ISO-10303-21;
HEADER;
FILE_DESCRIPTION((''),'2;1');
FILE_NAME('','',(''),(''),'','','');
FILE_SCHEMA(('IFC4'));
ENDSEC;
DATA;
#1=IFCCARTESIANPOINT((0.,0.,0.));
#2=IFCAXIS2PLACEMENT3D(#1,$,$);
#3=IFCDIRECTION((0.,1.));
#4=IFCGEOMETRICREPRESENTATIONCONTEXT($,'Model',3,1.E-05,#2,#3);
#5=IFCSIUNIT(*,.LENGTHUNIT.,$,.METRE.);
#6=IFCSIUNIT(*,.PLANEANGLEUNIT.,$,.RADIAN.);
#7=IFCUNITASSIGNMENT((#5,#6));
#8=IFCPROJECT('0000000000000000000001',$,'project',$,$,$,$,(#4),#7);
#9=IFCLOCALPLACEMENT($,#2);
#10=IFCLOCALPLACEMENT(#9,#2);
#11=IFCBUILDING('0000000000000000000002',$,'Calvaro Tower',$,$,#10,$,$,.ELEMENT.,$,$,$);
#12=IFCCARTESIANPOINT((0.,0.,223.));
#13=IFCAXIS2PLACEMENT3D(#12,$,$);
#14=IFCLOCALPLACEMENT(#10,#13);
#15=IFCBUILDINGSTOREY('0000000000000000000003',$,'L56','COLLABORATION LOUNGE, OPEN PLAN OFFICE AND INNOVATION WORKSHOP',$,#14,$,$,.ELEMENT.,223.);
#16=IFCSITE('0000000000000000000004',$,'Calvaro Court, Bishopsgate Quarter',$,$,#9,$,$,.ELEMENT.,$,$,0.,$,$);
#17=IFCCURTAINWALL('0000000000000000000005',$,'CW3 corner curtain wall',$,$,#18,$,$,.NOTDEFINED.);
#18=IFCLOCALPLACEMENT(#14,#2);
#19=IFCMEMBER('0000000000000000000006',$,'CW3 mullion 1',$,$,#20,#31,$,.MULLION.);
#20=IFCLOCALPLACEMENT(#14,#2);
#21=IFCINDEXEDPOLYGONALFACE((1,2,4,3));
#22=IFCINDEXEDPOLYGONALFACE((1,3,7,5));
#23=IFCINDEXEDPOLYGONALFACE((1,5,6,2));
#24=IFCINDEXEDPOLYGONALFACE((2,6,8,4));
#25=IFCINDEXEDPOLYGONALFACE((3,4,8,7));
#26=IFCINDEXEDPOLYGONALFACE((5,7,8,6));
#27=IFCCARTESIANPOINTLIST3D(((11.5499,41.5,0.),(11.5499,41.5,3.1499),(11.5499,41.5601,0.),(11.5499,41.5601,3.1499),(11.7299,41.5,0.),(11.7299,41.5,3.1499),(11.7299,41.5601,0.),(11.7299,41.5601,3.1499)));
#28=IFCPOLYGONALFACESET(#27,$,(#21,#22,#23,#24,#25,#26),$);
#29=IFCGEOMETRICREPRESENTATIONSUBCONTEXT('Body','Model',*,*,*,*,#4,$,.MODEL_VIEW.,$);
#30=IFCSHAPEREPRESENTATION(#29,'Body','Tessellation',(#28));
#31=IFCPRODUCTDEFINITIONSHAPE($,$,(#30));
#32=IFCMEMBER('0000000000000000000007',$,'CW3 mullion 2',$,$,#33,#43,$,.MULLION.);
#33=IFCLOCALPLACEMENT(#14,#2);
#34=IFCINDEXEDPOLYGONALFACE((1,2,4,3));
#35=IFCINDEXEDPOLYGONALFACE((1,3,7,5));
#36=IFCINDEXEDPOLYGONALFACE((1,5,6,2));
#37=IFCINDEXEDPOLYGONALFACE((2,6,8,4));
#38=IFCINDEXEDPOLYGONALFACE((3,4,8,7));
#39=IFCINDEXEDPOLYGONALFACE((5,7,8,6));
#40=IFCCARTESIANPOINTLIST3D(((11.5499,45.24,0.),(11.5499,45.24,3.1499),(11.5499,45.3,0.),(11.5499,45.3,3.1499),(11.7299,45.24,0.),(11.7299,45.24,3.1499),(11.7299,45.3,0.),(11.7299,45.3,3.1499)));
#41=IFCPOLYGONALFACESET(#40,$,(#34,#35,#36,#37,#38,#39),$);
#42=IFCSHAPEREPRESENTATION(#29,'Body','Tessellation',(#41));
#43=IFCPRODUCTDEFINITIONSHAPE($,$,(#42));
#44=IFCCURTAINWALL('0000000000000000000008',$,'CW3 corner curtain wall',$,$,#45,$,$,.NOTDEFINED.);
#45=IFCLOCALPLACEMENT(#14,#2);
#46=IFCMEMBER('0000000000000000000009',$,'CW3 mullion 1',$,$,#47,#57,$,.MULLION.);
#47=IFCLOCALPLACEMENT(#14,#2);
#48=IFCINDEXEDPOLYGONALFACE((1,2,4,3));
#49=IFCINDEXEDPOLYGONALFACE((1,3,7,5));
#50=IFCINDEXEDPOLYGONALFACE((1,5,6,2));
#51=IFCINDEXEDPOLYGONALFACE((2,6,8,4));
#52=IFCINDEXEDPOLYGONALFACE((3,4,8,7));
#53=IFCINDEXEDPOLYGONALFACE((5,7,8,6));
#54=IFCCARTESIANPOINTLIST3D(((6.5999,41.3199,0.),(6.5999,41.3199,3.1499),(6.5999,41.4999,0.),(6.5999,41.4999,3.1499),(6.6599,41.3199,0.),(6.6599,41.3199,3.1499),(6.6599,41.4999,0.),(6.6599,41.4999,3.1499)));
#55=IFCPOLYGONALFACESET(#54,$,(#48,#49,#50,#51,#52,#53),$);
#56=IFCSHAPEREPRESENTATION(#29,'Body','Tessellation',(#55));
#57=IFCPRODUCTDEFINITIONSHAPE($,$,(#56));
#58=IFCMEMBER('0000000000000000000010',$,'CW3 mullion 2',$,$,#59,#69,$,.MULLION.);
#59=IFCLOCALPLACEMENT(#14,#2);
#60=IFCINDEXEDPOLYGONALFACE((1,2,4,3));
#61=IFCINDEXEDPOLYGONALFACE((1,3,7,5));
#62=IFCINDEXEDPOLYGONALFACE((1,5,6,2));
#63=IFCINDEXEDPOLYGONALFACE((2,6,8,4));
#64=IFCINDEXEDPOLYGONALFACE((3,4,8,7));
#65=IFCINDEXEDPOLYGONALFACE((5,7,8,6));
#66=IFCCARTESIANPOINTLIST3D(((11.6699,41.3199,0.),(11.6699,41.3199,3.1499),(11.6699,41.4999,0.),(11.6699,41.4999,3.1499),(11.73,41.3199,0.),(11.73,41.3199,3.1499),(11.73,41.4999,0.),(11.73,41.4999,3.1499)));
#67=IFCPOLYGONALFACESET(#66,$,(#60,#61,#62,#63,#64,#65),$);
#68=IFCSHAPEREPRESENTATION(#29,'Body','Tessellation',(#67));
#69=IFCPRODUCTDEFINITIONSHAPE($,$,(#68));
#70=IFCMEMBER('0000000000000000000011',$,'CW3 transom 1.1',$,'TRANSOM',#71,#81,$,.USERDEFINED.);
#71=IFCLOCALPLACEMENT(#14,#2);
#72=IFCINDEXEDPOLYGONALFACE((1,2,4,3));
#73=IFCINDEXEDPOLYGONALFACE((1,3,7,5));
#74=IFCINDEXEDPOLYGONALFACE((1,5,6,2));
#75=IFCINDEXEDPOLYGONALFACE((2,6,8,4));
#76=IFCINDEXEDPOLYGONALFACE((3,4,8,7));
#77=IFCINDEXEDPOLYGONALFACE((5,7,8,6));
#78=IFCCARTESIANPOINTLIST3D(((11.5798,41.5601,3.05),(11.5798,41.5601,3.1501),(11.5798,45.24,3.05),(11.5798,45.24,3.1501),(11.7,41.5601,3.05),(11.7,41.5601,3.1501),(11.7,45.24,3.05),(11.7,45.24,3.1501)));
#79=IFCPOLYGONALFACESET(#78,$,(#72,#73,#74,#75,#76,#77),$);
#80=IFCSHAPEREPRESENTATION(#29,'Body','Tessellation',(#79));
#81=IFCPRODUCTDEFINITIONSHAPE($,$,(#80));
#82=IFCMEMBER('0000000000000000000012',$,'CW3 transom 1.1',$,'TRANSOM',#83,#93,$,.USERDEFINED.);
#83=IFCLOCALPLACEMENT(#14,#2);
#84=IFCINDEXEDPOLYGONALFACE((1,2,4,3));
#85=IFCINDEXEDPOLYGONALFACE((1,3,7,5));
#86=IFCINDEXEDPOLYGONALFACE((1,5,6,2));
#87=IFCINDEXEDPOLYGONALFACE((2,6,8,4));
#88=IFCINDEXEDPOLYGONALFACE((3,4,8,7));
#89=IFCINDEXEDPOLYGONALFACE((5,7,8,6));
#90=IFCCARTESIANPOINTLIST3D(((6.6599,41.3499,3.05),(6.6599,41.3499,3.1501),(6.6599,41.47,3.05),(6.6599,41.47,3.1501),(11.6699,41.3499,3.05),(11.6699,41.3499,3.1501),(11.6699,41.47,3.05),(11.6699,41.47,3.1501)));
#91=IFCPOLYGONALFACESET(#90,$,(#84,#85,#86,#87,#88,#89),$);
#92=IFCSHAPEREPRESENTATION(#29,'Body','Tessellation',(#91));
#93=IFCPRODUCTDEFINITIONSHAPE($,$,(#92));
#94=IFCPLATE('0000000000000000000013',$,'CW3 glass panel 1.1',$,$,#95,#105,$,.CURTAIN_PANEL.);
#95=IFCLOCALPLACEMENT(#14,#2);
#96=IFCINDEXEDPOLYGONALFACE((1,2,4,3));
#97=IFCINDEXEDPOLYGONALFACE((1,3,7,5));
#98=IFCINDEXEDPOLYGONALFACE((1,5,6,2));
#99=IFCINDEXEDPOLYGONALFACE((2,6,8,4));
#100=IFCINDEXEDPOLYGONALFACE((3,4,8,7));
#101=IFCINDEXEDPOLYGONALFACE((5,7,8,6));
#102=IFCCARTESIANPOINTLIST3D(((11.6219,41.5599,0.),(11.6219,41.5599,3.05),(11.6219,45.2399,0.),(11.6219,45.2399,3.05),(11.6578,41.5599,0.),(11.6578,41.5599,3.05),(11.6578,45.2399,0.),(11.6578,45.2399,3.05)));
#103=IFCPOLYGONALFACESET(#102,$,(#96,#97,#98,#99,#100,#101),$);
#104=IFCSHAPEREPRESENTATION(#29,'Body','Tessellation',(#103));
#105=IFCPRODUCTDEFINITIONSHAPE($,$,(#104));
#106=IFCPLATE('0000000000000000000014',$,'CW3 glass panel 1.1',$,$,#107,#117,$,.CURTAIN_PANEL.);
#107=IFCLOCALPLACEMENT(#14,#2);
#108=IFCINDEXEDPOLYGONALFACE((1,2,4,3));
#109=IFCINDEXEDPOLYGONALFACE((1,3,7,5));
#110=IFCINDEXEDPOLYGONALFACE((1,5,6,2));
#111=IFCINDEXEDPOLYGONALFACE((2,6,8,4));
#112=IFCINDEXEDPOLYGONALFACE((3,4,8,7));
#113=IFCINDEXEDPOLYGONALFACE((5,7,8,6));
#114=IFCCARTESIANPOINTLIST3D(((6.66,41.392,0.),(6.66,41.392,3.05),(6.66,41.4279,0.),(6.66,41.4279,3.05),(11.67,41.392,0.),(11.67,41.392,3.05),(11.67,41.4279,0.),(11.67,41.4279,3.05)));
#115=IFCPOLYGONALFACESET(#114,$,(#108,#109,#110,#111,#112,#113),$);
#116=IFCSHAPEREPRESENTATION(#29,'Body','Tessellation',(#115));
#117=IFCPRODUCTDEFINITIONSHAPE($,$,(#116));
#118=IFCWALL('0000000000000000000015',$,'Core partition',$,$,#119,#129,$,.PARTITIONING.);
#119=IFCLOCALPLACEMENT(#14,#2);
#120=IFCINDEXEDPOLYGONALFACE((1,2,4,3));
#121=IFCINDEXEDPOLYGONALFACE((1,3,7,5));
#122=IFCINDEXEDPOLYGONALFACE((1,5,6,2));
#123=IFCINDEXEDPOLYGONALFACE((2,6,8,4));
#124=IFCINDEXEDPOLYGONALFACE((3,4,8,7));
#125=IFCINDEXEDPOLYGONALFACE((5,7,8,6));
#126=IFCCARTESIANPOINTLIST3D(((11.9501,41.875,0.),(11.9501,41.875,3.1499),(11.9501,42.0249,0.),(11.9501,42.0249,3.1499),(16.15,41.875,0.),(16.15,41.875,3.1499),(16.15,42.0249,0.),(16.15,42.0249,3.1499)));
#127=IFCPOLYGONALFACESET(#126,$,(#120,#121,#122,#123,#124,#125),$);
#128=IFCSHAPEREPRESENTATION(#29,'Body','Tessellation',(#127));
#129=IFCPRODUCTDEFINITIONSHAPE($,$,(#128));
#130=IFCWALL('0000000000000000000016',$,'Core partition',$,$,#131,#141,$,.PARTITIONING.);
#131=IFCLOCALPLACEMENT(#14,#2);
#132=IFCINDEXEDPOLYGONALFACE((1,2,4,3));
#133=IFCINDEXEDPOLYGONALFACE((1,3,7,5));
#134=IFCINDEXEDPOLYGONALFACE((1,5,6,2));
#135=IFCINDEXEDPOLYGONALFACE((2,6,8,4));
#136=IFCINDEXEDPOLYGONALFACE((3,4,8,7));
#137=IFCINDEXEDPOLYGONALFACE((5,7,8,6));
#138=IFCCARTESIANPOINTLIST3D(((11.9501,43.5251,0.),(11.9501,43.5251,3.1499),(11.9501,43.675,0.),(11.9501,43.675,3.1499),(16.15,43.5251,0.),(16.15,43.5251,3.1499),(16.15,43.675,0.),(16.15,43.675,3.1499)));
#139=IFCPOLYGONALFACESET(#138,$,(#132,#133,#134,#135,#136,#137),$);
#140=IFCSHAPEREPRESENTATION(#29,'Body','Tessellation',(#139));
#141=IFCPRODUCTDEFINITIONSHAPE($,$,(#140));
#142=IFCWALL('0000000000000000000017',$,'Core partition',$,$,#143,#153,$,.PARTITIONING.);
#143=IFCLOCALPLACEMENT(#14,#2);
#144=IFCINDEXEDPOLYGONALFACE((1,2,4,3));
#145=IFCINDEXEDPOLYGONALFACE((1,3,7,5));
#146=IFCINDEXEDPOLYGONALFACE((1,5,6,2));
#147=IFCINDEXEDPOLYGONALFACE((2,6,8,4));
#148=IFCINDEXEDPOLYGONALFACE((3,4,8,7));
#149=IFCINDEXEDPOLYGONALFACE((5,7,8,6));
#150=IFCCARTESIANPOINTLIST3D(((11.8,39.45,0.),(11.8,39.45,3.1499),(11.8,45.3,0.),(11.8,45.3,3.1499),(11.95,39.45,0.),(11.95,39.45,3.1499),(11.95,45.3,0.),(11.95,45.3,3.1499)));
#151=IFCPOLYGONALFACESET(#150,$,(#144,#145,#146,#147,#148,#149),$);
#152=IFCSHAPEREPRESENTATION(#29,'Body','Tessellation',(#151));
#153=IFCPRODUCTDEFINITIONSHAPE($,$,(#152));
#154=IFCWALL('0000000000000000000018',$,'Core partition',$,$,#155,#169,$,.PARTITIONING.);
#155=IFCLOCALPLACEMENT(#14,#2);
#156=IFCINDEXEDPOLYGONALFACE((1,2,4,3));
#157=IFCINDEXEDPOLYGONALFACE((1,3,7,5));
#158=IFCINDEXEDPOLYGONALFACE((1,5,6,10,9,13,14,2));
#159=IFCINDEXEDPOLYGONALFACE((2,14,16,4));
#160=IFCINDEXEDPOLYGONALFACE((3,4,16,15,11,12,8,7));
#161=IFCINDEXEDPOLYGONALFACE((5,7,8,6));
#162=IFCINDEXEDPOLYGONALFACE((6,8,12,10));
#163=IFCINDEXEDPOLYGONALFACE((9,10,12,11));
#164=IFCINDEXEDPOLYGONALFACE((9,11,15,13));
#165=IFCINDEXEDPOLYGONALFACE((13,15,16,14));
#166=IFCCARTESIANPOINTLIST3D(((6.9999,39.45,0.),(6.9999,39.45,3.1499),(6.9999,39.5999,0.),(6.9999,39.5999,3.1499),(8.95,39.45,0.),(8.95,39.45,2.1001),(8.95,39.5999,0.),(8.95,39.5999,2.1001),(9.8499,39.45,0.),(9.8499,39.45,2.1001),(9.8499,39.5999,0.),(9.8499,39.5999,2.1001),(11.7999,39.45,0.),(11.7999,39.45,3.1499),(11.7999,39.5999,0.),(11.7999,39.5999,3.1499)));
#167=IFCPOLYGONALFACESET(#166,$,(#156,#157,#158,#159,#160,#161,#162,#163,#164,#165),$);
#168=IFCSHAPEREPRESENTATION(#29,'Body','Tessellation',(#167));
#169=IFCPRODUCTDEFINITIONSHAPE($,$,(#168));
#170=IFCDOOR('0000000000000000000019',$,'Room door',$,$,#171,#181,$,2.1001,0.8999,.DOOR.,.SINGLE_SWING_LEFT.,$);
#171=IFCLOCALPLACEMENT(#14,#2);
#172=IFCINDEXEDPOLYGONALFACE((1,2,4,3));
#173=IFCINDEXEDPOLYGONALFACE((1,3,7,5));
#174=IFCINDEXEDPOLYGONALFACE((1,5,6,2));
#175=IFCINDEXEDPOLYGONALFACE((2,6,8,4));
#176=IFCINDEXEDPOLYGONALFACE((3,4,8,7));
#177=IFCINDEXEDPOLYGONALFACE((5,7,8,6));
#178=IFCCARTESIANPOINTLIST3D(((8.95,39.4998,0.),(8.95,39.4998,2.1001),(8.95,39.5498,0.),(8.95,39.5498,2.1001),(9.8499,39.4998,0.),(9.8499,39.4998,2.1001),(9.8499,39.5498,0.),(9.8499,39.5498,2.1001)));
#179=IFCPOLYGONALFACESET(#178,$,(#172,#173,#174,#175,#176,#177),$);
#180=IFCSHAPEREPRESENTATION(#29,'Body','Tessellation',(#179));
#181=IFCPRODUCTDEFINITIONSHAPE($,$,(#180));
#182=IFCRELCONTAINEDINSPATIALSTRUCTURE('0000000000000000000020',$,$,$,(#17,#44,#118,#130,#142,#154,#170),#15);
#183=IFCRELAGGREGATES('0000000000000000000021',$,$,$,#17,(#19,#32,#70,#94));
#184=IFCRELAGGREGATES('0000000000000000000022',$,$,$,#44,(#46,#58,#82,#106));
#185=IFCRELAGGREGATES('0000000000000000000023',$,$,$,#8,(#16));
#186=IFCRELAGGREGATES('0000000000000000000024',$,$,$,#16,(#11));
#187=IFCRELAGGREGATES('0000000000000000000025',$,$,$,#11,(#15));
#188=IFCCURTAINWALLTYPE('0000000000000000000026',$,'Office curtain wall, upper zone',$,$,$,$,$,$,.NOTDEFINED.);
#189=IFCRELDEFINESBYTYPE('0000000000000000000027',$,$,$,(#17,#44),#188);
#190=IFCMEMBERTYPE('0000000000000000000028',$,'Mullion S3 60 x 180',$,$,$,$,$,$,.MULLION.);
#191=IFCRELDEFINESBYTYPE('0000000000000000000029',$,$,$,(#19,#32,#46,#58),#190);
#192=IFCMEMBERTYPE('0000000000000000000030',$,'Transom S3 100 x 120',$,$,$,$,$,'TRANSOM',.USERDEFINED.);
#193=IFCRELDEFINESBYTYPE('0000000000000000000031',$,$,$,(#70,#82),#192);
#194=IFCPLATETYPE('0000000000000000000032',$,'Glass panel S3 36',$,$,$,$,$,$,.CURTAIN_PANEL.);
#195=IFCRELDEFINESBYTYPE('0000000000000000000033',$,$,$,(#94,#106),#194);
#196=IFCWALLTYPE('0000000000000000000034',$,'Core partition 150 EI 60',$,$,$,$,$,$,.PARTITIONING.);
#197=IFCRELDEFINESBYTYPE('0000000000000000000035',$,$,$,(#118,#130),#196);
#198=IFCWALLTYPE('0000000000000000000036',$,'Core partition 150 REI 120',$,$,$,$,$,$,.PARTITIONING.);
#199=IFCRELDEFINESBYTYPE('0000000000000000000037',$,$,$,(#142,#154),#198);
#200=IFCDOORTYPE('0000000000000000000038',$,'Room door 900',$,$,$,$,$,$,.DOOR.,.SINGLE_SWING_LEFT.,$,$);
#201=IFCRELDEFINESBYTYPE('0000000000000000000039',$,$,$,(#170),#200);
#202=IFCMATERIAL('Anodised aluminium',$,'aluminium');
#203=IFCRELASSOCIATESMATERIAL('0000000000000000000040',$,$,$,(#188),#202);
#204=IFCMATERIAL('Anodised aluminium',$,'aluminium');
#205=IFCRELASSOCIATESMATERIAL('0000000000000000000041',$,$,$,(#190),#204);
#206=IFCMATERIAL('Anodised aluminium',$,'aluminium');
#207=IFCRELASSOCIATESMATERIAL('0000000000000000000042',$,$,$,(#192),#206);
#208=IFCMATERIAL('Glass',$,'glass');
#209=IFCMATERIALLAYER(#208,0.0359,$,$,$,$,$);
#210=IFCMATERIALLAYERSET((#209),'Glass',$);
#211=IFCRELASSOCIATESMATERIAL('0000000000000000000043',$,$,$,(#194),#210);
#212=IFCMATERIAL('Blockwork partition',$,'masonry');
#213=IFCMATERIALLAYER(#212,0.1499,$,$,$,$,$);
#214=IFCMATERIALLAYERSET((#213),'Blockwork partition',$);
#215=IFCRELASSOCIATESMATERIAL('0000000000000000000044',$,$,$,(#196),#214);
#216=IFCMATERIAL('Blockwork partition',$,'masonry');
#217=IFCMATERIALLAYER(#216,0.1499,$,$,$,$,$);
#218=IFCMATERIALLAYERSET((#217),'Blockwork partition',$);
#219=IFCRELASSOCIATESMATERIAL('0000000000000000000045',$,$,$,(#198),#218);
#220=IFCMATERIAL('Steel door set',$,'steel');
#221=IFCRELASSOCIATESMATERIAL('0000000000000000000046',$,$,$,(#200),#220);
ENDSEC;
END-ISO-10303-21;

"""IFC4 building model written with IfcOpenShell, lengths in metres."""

from ifc_helpers import new_model, si_unit, direction, frame, frame_2d, origin, origin_2d, place, context, subcontext, project, spatial, rectangle, extrude, material, layer, layer_set, material_profile, profile_set, type_object, element, fill, aggregate, save


model = new_model("IFC4")

# Units and contexts
model_context = context("Model", 3, precision=1e-05, world=origin(), true_north=direction((0.0, 1.0)))
body_context = subcontext(model_context, "Body", "Model", "MODEL_VIEW")
ifc_project = project(units=[si_unit("LENGTHUNIT", "METRE"), si_unit("PLANEANGLEUNIT", "RADIAN")], contexts=[model_context])

# Site, building, storey
site_placement = place(None, origin())
site = spatial("IfcSite", under=ifc_project, at=site_placement, Name="Calvaro Court, Bishopsgate Quarter", CompositionType="ELEMENT", RefElevation=0.0)
building_placement = place(site_placement, origin())
building = spatial("IfcBuilding", under=site, at=building_placement, Name="Calvaro Tower", CompositionType="ELEMENT")
storey_placement = place(building_placement, frame((0.0, 0.0, 223.0)))
storey = spatial("IfcBuildingStorey", under=building, at=storey_placement, Name="L56", Description="COLLABORATION LOUNGE, OPEN PLAN OFFICE AND INNOVATION WORKSHOP", CompositionType="ELEMENT", Elevation=223.0)

# Curtain walls, members
ifc_material_1 = material(Name="Anodised aluminium", Category="aluminium")
curtain_wall_type = type_object("IfcCurtainWallType", Name="Office curtain wall, upper zone", PredefinedType="NOTDEFINED", material=ifc_material_1)
curtain_wall_1_placement = place(storey_placement, origin())
curtain_wall_1 = element("IfcCurtainWall", 1, at=curtain_wall_1_placement, inside=storey, type_object=curtain_wall_type, Name="CW3 corner curtain wall", PredefinedType="NOTDEFINED")
ifc_material_2 = material(Name="Anodised aluminium", Category="aluminium")
ifc_material_profile_1 = material_profile(ifc_material_2, rectangle(XDim=0.1799, YDim=0.0601, at=origin_2d()), Name="Mullion S3 60 x 180")
ifc_profile_set_1 = profile_set([ifc_material_profile_1], Name="Anodised aluminium")
member_type_1 = type_object("IfcMemberType", Name="Mullion S3 60 x 180", PredefinedType="MULLION", material=ifc_profile_set_1)
member_1_placement = place(storey_placement, frame((11.6399, 41.53, 0.0), z_axis=(0.0, 0.0, 1.0), x_axis=(-1.0, 0.0, 0.0)))
member_1 = element("IfcMember", 2, at=member_1_placement, type_object=member_type_1, Name="CW3 mullion 1", PredefinedType="MULLION", context=body_context, shape_type="SweptSolid", body=[
    extrude(rectangle(XDim=0.1799, YDim=0.0601, at=origin_2d()), origin(), (0.0, 0.0, 1.0), 3.1499),
])
member_2_placement = place(storey_placement, frame((11.6399, 45.27, 0.0), z_axis=(0.0, 0.0, 1.0), x_axis=(-1.0, 0.0, 0.0)))
member_2 = element("IfcMember", 3, at=member_2_placement, type_object=member_type_1, Name="CW3 mullion 2", PredefinedType="MULLION", context=body_context, shape_type="SweptSolid", body=[
    extrude(rectangle(XDim=0.1799, YDim=0.0601, at=origin_2d()), origin(), (0.0, 0.0, 1.0), 3.1499),
])
curtain_wall_2_placement = place(storey_placement, origin())
curtain_wall_2 = element("IfcCurtainWall", 4, at=curtain_wall_2_placement, inside=storey, type_object=curtain_wall_type, Name="CW3 corner curtain wall", PredefinedType="NOTDEFINED")
member_3_placement = place(storey_placement, frame((6.6299, 41.4099, 0.0), z_axis=(0.0, 0.0, 1.0), x_axis=(0.0, 1.0, 0.0)))
member_3 = element("IfcMember", 5, at=member_3_placement, type_object=member_type_1, Name="CW3 mullion 1", PredefinedType="MULLION", context=body_context, shape_type="SweptSolid", body=[
    extrude(rectangle(XDim=0.1799, YDim=0.0601, at=origin_2d()), origin(), (0.0, 0.0, 1.0), 3.1499),
])
member_4_placement = place(storey_placement, frame((11.7, 41.4099, 0.0), z_axis=(0.0, 0.0, 1.0), x_axis=(0.0, 1.0, 0.0)))
member_4 = element("IfcMember", 6, at=member_4_placement, type_object=member_type_1, Name="CW3 mullion 2", PredefinedType="MULLION", context=body_context, shape_type="SweptSolid", body=[
    extrude(rectangle(XDim=0.1799, YDim=0.0601, at=origin_2d()), origin(), (0.0, 0.0, 1.0), 3.1499),
])

# Members
ifc_material_3 = material(Name="Anodised aluminium", Category="aluminium")
ifc_material_profile_2 = material_profile(ifc_material_3, rectangle(XDim=0.1201, YDim=0.1001, at=origin_2d()), Name="Transom S3 100 x 120")
ifc_profile_set_2 = profile_set([ifc_material_profile_2], Name="Anodised aluminium")
member_type_2 = type_object("IfcMemberType", Name="Transom S3 100 x 120", ElementType="TRANSOM", PredefinedType="USERDEFINED", material=ifc_profile_set_2)
member_5_placement = place(storey_placement, frame((11.6399, 41.5601, 3.1001), z_axis=(0.0, 1.0, 0.0), x_axis=(-1.0, 0.0, 0.0)))
member_5 = element("IfcMember", 7, at=member_5_placement, type_object=member_type_2, Name="CW3 transom 1.1", ObjectType="TRANSOM", PredefinedType="USERDEFINED", context=body_context, shape_type="SweptSolid", body=[
    extrude(rectangle(XDim=0.1201, YDim=0.1001, at=origin_2d()), origin(), (0.0, 0.0, 1.0), 3.6799),
])
member_6_placement = place(storey_placement, frame((6.6599, 41.4099, 3.1001), z_axis=(1.0, 0.0, 0.0), x_axis=(0.0, 1.0, 0.0)))
member_6 = element("IfcMember", 8, at=member_6_placement, type_object=member_type_2, Name="CW3 transom 1.1", ObjectType="TRANSOM", PredefinedType="USERDEFINED", context=body_context, shape_type="SweptSolid", body=[
    extrude(rectangle(XDim=0.1201, YDim=0.1001, at=origin_2d()), origin(), (0.0, 0.0, 1.0), 5.01),
])

# Plates
ifc_material_4 = material(Name="Glass", Category="glass")
ifc_layer_1 = layer(ifc_material_4, 0.0359)
ifc_layer_set_1 = layer_set([ifc_layer_1], Name="Glass")
plate_type = type_object("IfcPlateType", Name="Glass panel S3 36", PredefinedType="CURTAIN_PANEL", material=ifc_layer_set_1)
plate_1_placement = place(storey_placement, frame((11.6399, 43.3999, 0.0), z_axis=(0.0, 0.0, 1.0), x_axis=(0.0, 1.0, 0.0)))
plate_1 = element("IfcPlate", 9, at=plate_1_placement, type_object=plate_type, Name="CW3 glass panel 1.1", PredefinedType="CURTAIN_PANEL", context=body_context, shape_type="SweptSolid", body=[
    extrude(rectangle(XDim=3.6799, YDim=0.0359, at=origin_2d()), origin(), (0.0, 0.0, 1.0), 3.05),
])
aggregate(curtain_wall_1, [member_1, member_2, member_5, plate_1])
plate_2_placement = place(storey_placement, frame((9.165, 41.4099, 0.0), z_axis=(0.0, 0.0, 1.0), x_axis=(1.0, 0.0, 0.0)))
plate_2 = element("IfcPlate", 10, at=plate_2_placement, type_object=plate_type, Name="CW3 glass panel 1.1", PredefinedType="CURTAIN_PANEL", context=body_context, shape_type="SweptSolid", body=[
    extrude(rectangle(XDim=5.01, YDim=0.0359, at=origin_2d()), origin(), (0.0, 0.0, 1.0), 3.05),
])
aggregate(curtain_wall_2, [member_3, member_4, member_6, plate_2])

# Walls
ifc_material_5 = material(Name="Blockwork partition", Category="masonry")
ifc_layer_2 = layer(ifc_material_5, 0.1499)
ifc_layer_set_2 = layer_set([ifc_layer_2], Name="Blockwork partition")
wall_type_1 = type_object("IfcWallType", Name="Core partition 150 EI 60", PredefinedType="PARTITIONING", material=ifc_layer_set_2)
for number, where, z_axis, x_axis, name in (
    (11, (11.95, 41.95, 0.0), (0.0, 0.0, 1.0), (1.0, 0.0, 0.0), "Core partition"),
    (12, (11.95, 43.6001, 0.0), (0.0, 0.0, 1.0), (1.0, 0.0, 0.0), "Core partition"),
):
    element("IfcWall", number, at=place(storey_placement, frame(where, z_axis=z_axis, x_axis=x_axis)), inside=storey, type_object=wall_type_1, Name=name, PredefinedType="PARTITIONING", context=body_context, shape_type="SweptSolid", body=[
        extrude(rectangle(XDim=4.2, YDim=0.1499, at=frame_2d((2.1001, 0.0))), origin(), (0.0, 0.0, 1.0), 3.1499),
    ])
ifc_material_6 = material(Name="Blockwork partition", Category="masonry")
ifc_layer_3 = layer(ifc_material_6, 0.1499)
ifc_layer_set_3 = layer_set([ifc_layer_3], Name="Blockwork partition")
wall_type_2 = type_object("IfcWallType", Name="Core partition 150 REI 120", PredefinedType="PARTITIONING", material=ifc_layer_set_3)
wall_1_placement = place(storey_placement, frame((11.875, 39.45, 0.0), z_axis=(0.0, 0.0, 1.0), x_axis=(0.0, 1.0, 0.0)))
element("IfcWall", 13, at=wall_1_placement, inside=storey, type_object=wall_type_2, Name="Core partition", PredefinedType="PARTITIONING", context=body_context, shape_type="SweptSolid", body=[
    extrude(rectangle(XDim=5.8501, YDim=0.1499, at=frame_2d((2.925, 0.0))), origin(), (0.0, 0.0, 1.0), 3.1499),
])

# Wall, opening, door
wall_2_placement = place(storey_placement, frame((7.0, 39.5249, 0.0), z_axis=(0.0, 0.0, 1.0), x_axis=(1.0, 0.0, 0.0)))
wall_2 = element("IfcWall", 14, at=wall_2_placement, inside=storey, type_object=wall_type_2, Name="Core partition", PredefinedType="PARTITIONING", context=body_context, shape_type="SweptSolid", body=[
    extrude(rectangle(XDim=4.8, YDim=0.1499, at=frame_2d((2.3999, 0.0))), origin(), (0.0, 0.0, 1.0), 3.1499),
])
opening_1_placement = place(wall_2_placement, frame((1.95, 0.0, 0.0)))
opening_1 = element("IfcOpeningElement", 15, at=opening_1_placement, cuts=wall_2, PredefinedType="OPENING", context=body_context, shape_type="SweptSolid", body=[
    extrude(rectangle(XDim=0.8999, YDim=2.1001, at=frame_2d((0.45, 1.05))), frame((0.0, 0.085, 0.0), z_axis=(0.0, -1.0, 0.0), x_axis=(1.0, 0.0, 0.0)), (0.0, 0.0, 1.0), 0.1699),
])
ifc_material_7 = material(Name="Steel door set", Category="steel")
door_type = type_object("IfcDoorType", Name="Room door 900", OperationType="SINGLE_SWING_LEFT", PredefinedType="DOOR", material=ifc_material_7)
door_placement = place(opening_1_placement, origin())
door = element("IfcDoor", 16, at=door_placement, inside=storey, type_object=door_type, Name="Room door", OperationType="SINGLE_SWING_LEFT", OverallHeight=2.1001, OverallWidth=0.8999, PredefinedType="DOOR", context=body_context, shape_type="SweptSolid", body=[
    extrude(rectangle(XDim=0.8999, YDim=2.1001, at=frame_2d((0.45, 1.05))), frame((0.0, 0.0249, 0.0), z_axis=(0.0, -1.0, 0.0), x_axis=(1.0, 0.0, 0.0)), (0.0, 0.0, 1.0), 0.05),
])
fill(opening_1, door)

save(model, "model.ifc")
